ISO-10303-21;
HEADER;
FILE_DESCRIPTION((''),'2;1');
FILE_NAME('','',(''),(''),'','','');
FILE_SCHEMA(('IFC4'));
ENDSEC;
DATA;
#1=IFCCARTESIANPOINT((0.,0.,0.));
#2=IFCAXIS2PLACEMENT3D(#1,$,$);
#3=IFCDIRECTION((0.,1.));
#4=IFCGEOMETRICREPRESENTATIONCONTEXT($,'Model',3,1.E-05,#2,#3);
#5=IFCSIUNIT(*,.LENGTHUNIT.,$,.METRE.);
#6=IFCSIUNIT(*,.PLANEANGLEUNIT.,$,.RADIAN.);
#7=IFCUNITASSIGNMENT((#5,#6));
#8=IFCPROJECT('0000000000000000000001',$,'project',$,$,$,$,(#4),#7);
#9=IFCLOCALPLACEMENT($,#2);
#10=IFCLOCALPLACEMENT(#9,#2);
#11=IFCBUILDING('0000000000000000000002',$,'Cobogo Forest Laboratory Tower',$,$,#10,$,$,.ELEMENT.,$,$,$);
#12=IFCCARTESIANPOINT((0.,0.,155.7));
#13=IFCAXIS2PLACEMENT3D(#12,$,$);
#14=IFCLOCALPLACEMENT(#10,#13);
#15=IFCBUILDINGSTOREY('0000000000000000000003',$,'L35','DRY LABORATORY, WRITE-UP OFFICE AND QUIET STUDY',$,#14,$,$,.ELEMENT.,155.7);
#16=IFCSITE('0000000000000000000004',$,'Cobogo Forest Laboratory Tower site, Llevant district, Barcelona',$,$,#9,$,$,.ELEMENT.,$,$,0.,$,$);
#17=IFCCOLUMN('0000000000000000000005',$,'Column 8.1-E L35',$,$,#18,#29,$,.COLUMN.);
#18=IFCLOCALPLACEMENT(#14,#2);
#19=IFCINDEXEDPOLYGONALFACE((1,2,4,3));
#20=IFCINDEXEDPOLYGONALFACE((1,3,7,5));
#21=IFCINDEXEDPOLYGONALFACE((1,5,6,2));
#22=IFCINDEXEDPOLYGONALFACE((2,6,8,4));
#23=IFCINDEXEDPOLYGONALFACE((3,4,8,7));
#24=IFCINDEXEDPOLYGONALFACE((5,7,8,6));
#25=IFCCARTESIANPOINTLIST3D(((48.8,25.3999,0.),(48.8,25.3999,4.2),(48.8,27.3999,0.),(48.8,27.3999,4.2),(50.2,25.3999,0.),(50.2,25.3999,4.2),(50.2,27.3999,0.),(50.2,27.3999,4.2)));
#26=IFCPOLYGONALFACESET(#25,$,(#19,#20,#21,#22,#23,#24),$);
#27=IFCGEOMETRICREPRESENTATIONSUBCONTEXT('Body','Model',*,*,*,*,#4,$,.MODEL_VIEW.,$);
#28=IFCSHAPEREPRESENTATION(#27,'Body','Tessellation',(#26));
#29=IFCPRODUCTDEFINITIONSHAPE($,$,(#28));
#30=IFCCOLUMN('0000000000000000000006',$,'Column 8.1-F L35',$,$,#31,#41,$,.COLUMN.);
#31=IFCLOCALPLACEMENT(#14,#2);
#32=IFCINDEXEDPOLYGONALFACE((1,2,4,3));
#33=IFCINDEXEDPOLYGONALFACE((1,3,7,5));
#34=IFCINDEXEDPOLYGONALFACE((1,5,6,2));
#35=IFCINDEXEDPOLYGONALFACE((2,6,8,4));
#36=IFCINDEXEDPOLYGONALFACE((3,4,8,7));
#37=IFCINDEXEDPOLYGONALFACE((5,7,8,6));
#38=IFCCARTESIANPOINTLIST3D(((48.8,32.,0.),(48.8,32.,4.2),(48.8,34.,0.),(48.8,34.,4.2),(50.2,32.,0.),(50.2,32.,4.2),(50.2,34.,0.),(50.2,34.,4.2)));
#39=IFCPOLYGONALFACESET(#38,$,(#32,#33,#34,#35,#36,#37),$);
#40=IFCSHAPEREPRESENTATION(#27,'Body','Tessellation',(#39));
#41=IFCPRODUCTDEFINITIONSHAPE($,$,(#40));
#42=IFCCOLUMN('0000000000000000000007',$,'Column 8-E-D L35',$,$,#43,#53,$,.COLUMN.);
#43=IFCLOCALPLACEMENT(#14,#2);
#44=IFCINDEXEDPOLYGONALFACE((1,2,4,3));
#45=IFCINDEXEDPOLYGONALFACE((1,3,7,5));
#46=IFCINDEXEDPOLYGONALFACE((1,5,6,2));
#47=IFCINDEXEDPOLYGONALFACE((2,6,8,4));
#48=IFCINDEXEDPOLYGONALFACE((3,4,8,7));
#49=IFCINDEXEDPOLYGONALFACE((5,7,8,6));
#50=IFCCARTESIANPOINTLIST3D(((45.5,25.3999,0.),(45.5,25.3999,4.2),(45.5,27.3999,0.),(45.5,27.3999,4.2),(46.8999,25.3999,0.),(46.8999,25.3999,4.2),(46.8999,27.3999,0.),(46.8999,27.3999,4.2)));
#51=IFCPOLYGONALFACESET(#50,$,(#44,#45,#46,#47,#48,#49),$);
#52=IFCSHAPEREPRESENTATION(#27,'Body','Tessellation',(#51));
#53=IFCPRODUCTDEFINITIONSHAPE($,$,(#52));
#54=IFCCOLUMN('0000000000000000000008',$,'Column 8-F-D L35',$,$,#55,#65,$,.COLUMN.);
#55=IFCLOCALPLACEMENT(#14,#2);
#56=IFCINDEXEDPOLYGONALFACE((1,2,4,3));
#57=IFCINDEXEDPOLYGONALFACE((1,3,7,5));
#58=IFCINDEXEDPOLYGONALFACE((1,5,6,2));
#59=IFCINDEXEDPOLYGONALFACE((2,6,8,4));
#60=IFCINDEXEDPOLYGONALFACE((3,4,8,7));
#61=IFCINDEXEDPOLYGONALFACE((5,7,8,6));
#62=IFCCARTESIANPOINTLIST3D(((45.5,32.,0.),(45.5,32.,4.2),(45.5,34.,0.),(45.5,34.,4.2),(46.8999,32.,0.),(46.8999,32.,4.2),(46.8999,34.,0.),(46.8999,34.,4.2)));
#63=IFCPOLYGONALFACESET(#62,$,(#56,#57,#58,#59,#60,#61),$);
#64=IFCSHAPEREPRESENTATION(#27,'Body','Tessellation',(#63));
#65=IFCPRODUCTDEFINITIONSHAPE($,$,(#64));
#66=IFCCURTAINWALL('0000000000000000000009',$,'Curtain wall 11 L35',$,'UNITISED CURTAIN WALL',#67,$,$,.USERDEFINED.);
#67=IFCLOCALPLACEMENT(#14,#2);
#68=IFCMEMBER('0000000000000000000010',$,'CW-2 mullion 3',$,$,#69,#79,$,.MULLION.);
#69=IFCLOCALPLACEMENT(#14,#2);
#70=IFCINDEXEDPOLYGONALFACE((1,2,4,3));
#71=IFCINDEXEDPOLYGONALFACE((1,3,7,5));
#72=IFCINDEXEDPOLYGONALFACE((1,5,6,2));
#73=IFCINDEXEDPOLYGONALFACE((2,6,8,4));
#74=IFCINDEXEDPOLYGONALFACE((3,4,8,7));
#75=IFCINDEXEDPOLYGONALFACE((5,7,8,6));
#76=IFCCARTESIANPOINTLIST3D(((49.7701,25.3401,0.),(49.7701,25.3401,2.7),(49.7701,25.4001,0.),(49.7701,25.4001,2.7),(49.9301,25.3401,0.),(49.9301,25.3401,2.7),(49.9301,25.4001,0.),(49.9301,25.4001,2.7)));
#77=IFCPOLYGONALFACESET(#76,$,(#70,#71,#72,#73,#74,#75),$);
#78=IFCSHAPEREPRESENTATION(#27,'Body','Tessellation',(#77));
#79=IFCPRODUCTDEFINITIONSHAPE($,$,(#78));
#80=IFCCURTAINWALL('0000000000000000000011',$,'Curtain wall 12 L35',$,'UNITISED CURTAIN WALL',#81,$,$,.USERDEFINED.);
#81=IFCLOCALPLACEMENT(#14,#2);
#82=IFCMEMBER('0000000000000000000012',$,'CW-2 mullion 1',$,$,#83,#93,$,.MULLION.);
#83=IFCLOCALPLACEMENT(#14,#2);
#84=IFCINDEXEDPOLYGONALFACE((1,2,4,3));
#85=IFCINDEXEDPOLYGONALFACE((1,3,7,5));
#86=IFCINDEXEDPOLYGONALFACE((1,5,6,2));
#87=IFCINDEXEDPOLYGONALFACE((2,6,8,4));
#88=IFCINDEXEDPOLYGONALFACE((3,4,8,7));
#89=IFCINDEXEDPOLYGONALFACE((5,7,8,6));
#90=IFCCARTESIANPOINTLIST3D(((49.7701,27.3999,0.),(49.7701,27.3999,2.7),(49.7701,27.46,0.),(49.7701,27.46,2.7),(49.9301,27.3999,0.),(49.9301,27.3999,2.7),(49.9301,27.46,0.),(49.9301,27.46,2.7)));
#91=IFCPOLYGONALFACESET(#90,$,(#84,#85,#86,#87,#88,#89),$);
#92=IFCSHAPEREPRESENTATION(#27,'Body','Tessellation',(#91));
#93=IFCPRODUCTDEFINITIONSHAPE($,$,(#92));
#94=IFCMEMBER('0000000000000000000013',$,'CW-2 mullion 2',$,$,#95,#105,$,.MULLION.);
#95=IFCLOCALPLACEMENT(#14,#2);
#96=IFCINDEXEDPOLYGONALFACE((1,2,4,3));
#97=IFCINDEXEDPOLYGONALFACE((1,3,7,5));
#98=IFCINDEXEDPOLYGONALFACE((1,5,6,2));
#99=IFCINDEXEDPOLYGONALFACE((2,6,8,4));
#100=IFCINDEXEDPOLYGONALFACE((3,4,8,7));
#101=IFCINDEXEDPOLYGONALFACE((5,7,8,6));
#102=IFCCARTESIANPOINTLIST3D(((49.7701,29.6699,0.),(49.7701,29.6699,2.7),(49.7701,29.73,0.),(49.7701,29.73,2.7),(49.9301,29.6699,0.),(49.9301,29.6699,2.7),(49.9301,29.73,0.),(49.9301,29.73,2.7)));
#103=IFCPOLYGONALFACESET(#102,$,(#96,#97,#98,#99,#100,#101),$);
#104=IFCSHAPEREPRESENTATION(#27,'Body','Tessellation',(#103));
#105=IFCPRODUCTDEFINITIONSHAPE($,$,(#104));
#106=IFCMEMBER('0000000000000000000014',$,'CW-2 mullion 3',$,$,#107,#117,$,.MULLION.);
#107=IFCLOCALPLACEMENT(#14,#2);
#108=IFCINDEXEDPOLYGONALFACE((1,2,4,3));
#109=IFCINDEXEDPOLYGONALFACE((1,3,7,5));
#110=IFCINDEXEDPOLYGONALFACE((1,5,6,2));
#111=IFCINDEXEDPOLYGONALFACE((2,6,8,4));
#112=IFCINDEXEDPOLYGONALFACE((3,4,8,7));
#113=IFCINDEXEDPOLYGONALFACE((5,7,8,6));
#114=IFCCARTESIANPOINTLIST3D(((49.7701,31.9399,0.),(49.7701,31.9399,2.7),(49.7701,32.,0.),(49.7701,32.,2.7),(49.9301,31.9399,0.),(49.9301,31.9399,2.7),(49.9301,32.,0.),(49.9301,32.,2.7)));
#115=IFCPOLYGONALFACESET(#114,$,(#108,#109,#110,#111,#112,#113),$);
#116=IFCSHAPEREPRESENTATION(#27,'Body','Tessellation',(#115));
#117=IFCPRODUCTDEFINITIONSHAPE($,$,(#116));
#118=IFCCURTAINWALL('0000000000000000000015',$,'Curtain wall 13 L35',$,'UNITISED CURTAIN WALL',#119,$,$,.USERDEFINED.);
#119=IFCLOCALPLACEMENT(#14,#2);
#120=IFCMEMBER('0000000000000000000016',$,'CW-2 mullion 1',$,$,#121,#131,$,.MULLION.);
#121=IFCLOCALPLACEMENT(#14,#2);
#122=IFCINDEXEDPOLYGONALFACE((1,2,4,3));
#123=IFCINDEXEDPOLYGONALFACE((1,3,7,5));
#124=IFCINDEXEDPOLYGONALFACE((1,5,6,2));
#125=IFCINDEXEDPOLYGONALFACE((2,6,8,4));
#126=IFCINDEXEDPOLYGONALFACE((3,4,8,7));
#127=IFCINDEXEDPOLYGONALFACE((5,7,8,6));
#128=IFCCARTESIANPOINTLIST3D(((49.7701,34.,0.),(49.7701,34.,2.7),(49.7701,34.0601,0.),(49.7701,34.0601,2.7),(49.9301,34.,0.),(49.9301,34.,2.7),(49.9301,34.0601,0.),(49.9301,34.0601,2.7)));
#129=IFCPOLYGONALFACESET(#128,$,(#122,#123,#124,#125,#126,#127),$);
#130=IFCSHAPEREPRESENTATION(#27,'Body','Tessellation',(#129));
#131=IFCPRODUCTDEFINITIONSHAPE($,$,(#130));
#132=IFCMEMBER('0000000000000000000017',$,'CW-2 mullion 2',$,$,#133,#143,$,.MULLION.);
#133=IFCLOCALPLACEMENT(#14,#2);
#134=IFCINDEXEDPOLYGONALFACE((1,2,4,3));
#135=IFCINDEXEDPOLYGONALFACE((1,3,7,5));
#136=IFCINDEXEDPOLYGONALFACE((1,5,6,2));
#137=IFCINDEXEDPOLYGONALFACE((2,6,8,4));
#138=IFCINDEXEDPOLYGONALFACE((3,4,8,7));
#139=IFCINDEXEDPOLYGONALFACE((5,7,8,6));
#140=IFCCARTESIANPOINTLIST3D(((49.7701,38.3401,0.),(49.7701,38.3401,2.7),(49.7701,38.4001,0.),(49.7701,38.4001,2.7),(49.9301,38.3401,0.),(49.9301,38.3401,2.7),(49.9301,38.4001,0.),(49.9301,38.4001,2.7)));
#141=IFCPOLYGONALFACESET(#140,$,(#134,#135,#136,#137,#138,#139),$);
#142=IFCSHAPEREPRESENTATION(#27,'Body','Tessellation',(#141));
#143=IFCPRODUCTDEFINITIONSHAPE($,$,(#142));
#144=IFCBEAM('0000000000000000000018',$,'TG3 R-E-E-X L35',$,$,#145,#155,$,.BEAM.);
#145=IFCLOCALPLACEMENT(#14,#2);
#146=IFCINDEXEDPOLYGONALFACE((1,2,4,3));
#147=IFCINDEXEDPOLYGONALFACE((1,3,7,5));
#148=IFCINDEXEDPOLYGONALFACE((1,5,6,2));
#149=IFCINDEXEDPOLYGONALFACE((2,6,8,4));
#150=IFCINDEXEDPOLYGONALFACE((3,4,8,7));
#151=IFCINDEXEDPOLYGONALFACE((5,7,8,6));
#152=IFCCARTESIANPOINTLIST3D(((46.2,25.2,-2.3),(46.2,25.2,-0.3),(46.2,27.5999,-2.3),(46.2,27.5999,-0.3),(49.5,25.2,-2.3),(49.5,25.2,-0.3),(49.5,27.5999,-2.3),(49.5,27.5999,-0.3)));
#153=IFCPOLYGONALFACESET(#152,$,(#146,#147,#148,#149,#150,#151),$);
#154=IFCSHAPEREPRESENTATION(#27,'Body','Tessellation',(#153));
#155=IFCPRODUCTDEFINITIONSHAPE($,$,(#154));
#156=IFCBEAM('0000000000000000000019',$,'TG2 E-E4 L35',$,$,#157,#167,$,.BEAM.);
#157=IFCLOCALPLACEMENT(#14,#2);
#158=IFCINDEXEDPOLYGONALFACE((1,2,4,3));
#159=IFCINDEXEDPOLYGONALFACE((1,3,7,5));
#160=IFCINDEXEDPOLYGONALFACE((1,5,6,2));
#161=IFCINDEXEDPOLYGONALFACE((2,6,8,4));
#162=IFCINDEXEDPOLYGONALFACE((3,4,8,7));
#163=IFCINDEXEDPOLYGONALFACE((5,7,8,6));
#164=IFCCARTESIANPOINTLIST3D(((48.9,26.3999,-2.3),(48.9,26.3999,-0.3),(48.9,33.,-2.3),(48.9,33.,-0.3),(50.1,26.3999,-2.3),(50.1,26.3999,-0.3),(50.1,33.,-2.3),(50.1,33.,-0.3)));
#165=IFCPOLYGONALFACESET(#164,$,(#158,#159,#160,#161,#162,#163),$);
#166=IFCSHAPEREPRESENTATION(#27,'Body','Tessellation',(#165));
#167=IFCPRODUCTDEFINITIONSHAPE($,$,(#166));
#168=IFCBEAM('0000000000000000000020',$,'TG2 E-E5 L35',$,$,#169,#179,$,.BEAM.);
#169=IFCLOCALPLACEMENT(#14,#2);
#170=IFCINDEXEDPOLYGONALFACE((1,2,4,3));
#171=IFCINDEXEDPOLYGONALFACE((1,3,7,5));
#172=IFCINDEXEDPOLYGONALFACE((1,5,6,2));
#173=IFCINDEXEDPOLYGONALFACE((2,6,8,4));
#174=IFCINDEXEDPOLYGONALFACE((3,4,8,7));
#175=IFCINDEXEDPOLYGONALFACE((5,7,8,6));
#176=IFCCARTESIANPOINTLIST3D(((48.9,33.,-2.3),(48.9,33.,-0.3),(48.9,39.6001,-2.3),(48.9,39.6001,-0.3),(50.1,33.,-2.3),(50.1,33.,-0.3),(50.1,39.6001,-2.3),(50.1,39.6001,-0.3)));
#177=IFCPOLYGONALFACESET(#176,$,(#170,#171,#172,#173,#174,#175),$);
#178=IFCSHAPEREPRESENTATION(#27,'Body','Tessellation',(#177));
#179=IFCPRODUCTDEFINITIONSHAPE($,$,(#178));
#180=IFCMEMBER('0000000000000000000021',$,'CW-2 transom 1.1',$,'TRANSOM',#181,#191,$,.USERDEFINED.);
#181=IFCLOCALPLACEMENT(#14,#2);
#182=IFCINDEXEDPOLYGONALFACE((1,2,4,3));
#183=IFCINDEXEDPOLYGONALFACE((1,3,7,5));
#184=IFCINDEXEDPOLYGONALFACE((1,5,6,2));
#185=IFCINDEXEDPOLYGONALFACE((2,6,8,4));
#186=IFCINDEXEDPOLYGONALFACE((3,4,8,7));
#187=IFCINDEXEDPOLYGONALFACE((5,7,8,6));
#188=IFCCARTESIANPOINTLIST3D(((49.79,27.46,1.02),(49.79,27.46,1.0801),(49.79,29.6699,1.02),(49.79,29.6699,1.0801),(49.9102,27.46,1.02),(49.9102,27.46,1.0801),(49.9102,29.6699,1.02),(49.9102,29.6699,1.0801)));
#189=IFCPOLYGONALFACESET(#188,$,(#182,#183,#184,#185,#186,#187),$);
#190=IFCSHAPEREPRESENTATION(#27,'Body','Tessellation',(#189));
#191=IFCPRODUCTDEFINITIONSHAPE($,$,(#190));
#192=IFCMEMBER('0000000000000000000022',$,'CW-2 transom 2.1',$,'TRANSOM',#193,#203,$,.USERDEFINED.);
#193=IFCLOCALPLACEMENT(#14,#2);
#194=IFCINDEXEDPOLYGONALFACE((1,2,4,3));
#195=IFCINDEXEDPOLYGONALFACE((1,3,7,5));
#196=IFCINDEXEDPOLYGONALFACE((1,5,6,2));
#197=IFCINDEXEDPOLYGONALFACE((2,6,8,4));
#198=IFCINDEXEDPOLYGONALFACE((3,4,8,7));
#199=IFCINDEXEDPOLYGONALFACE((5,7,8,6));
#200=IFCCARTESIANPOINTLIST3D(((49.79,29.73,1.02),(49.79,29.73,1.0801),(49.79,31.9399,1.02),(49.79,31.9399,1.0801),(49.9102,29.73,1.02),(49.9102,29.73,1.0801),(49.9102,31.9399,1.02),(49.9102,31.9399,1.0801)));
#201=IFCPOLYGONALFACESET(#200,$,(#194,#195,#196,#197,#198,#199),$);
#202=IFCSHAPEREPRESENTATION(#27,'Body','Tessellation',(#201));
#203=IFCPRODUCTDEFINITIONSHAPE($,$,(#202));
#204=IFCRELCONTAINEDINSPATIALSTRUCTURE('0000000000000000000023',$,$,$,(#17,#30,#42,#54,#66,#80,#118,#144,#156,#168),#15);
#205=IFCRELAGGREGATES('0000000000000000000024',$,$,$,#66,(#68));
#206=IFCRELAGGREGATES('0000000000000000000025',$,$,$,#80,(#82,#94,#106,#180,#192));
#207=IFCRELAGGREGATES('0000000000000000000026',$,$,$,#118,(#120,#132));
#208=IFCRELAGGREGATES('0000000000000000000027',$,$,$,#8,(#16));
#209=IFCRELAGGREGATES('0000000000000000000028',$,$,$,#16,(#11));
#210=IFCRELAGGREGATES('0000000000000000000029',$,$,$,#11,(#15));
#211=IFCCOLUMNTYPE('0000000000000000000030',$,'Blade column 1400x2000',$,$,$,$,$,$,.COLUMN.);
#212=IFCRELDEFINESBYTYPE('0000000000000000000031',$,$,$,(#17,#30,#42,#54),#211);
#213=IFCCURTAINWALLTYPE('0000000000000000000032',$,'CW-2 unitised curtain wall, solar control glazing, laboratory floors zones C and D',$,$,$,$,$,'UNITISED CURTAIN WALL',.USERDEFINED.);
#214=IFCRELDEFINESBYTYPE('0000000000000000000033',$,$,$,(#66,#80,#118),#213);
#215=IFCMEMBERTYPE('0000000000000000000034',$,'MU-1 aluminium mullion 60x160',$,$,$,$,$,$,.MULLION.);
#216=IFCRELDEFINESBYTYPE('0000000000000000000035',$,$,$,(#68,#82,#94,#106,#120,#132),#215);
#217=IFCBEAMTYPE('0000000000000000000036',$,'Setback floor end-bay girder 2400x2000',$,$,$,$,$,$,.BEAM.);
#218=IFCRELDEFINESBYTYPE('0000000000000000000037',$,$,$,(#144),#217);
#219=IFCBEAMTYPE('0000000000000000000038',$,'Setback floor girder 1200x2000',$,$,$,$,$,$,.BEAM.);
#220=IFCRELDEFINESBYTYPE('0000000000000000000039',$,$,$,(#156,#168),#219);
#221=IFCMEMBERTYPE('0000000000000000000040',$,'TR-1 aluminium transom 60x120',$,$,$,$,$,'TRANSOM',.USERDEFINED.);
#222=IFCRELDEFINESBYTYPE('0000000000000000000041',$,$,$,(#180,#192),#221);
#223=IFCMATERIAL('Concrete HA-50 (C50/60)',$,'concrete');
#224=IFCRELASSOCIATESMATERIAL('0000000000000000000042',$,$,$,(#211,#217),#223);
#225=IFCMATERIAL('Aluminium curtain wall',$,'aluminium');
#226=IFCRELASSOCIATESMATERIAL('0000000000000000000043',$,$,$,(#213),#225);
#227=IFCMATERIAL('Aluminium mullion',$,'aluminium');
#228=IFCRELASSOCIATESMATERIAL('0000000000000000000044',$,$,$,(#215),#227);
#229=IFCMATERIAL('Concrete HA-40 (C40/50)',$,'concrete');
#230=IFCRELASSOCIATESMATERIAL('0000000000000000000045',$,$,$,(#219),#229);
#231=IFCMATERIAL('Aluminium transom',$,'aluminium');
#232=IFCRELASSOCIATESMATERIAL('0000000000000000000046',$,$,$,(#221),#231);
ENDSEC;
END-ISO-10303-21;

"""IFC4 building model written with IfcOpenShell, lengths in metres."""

from ifc_helpers import new_model, si_unit, direction, frame, origin, origin_2d, place, context, subcontext, project, spatial, rectangle, extrude, material, material_profile, profile_set, type_object, element, aggregate, save


model = new_model("IFC4")

# Units and contexts
model_context = context("Model", 3, precision=1e-05, world=origin(), true_north=direction((0.0, 1.0)))
body_context = subcontext(model_context, "Body", "Model", "MODEL_VIEW")
ifc_project = project(units=[si_unit("LENGTHUNIT", "METRE"), si_unit("PLANEANGLEUNIT", "RADIAN")], contexts=[model_context])

# Site, building, storey
site_placement = place(None, origin())
site = spatial("IfcSite", under=ifc_project, at=site_placement, Name="Cobogo Forest Laboratory Tower site, Llevant district, Barcelona", CompositionType="ELEMENT", RefElevation=0.0)
building_placement = place(site_placement, origin())
building = spatial("IfcBuilding", under=site, at=building_placement, Name="Cobogo Forest Laboratory Tower", CompositionType="ELEMENT")
storey_placement = place(building_placement, frame((0.0, 0.0, 155.7)))
storey = spatial("IfcBuildingStorey", under=building, at=storey_placement, Name="L35", Description="DRY LABORATORY, WRITE-UP OFFICE AND QUIET STUDY", CompositionType="ELEMENT", Elevation=155.7)

# Columns
ifc_material_1 = material(Name="Concrete HA-50 (C50/60)", Category="concrete")
ifc_material_profile_1 = material_profile(ifc_material_1, rectangle(XDim=2.0, YDim=1.3999, at=origin_2d()), Name="RC 1400x2000")
ifc_profile_set_1 = profile_set([ifc_material_profile_1], Name="Concrete HA-50 (C50/60)")
column_type = type_object("IfcColumnType", Name="Blade column 1400x2000", PredefinedType="COLUMN", material=ifc_profile_set_1)
for number, where, z_axis, x_axis, name in (
    (1, (49.5, 26.3999, 0.0), (0.0, 0.0, 1.0), (0.0, 1.0, 0.0), "Column 8.1-E L35"),
    (2, (49.5, 33.0, 0.0), (0.0, 0.0, 1.0), (0.0, 1.0, 0.0), "Column 8.1-F L35"),
    (3, (46.2, 26.3999, 0.0), (0.0, 0.0, 1.0), (0.0, 1.0, 0.0), "Column 8-E-D L35"),
    (4, (46.2, 33.0, 0.0), (0.0, 0.0, 1.0), (0.0, 1.0, 0.0), "Column 8-F-D L35"),
):
    element("IfcColumn", number, at=place(storey_placement, frame(where, z_axis=z_axis, x_axis=x_axis)), inside=storey, type_object=column_type, Name=name, PredefinedType="COLUMN", context=body_context, shape_type="SweptSolid", body=[
        extrude(rectangle(XDim=2.0, YDim=1.3999, at=origin_2d()), origin(), (0.0, 0.0, 1.0), 4.2),
    ])

# Curtain wall, member
ifc_material_2 = material(Name="Aluminium curtain wall", Category="aluminium")
curtain_wall_type = type_object("IfcCurtainWallType", Name="CW-2 unitised curtain wall, solar control glazing, laboratory floors zones C and D", ElementType="UNITISED CURTAIN WALL", PredefinedType="USERDEFINED", material=ifc_material_2)
curtain_wall_1_placement = place(storey_placement, origin())
curtain_wall_1 = element("IfcCurtainWall", 5, at=curtain_wall_1_placement, inside=storey, type_object=curtain_wall_type, Name="Curtain wall 11 L35", ObjectType="UNITISED CURTAIN WALL", PredefinedType="USERDEFINED")
ifc_material_3 = material(Name="Aluminium mullion", Category="aluminium")
ifc_material_profile_2 = material_profile(ifc_material_3, rectangle(XDim=0.0601, YDim=0.1599, at=origin_2d()), Name="AL 60x160")
ifc_profile_set_2 = profile_set([ifc_material_profile_2], Name="Aluminium mullion")
member_type_1 = type_object("IfcMemberType", Name="MU-1 aluminium mullion 60x160", PredefinedType="MULLION", material=ifc_profile_set_2)
member_1_placement = place(storey_placement, frame((49.8501, 25.3701, 0.0), z_axis=(0.0, 0.0, 1.0), x_axis=(0.0, 1.0, 0.0)))
member_1 = element("IfcMember", 6, at=member_1_placement, type_object=member_type_1, Name="CW-2 mullion 3", PredefinedType="MULLION", context=body_context, shape_type="SweptSolid", body=[
    extrude(rectangle(XDim=0.0601, YDim=0.1599, at=origin_2d()), origin(), (0.0, 0.0, 1.0), 2.7),
])

# Curtain walls, members
curtain_wall_2_placement = place(storey_placement, origin())
curtain_wall_2 = element("IfcCurtainWall", 7, at=curtain_wall_2_placement, inside=storey, type_object=curtain_wall_type, Name="Curtain wall 12 L35", ObjectType="UNITISED CURTAIN WALL", PredefinedType="USERDEFINED")
member_2_placement = place(storey_placement, frame((49.8501, 27.4299, 0.0), z_axis=(0.0, 0.0, 1.0), x_axis=(0.0, 1.0, 0.0)))
member_2 = element("IfcMember", 8, at=member_2_placement, type_object=member_type_1, Name="CW-2 mullion 1", PredefinedType="MULLION", context=body_context, shape_type="SweptSolid", body=[
    extrude(rectangle(XDim=0.0601, YDim=0.1599, at=origin_2d()), origin(), (0.0, 0.0, 1.0), 2.7),
])
member_3_placement = place(storey_placement, frame((49.8501, 29.7, 0.0), z_axis=(0.0, 0.0, 1.0), x_axis=(0.0, 1.0, 0.0)))
member_3 = element("IfcMember", 9, at=member_3_placement, type_object=member_type_1, Name="CW-2 mullion 2", PredefinedType="MULLION", context=body_context, shape_type="SweptSolid", body=[
    extrude(rectangle(XDim=0.0601, YDim=0.1599, at=origin_2d()), origin(), (0.0, 0.0, 1.0), 2.7),
])
member_4_placement = place(storey_placement, frame((49.8501, 31.97, 0.0), z_axis=(0.0, 0.0, 1.0), x_axis=(0.0, 1.0, 0.0)))
member_4 = element("IfcMember", 10, at=member_4_placement, type_object=member_type_1, Name="CW-2 mullion 3", PredefinedType="MULLION", context=body_context, shape_type="SweptSolid", body=[
    extrude(rectangle(XDim=0.0601, YDim=0.1599, at=origin_2d()), origin(), (0.0, 0.0, 1.0), 2.7),
])
curtain_wall_3_placement = place(storey_placement, origin())
curtain_wall_3 = element("IfcCurtainWall", 11, at=curtain_wall_3_placement, inside=storey, type_object=curtain_wall_type, Name="Curtain wall 13 L35", ObjectType="UNITISED CURTAIN WALL", PredefinedType="USERDEFINED")
member_5_placement = place(storey_placement, frame((49.8501, 34.03, 0.0), z_axis=(0.0, 0.0, 1.0), x_axis=(0.0, 1.0, 0.0)))
member_5 = element("IfcMember", 12, at=member_5_placement, type_object=member_type_1, Name="CW-2 mullion 1", PredefinedType="MULLION", context=body_context, shape_type="SweptSolid", body=[
    extrude(rectangle(XDim=0.0601, YDim=0.1599, at=origin_2d()), origin(), (0.0, 0.0, 1.0), 2.7),
])
member_6_placement = place(storey_placement, frame((49.8501, 38.3701, 0.0), z_axis=(0.0, 0.0, 1.0), x_axis=(0.0, 1.0, 0.0)))
member_6 = element("IfcMember", 13, at=member_6_placement, type_object=member_type_1, Name="CW-2 mullion 2", PredefinedType="MULLION", context=body_context, shape_type="SweptSolid", body=[
    extrude(rectangle(XDim=0.0601, YDim=0.1599, at=origin_2d()), origin(), (0.0, 0.0, 1.0), 2.7),
])

# Beams
ifc_material_profile_3 = material_profile(ifc_material_1, rectangle(XDim=2.3999, YDim=2.0, at=origin_2d()), Name="RC 2400x2000")
ifc_profile_set_3 = profile_set([ifc_material_profile_3], Name="Concrete HA-50 (C50/60)")
beam_type_1 = type_object("IfcBeamType", Name="Setback floor end-bay girder 2400x2000", PredefinedType="BEAM", material=ifc_profile_set_3)
beam_placement = place(storey_placement, frame((49.5, 26.3999, -1.3), z_axis=(-1.0, 0.0, 0.0), x_axis=(0.0, -1.0, 0.0)))
element("IfcBeam", 14, at=beam_placement, inside=storey, type_object=beam_type_1, Name="TG3 R-E-E-X L35", PredefinedType="BEAM", context=body_context, shape_type="SweptSolid", body=[
    extrude(rectangle(XDim=2.3999, YDim=2.0, at=origin_2d()), origin(), (0.0, 0.0, 1.0), 3.3),
])
ifc_material_4 = material(Name="Concrete HA-40 (C40/50)", Category="concrete")
ifc_material_profile_4 = material_profile(ifc_material_4, rectangle(XDim=1.2, YDim=2.0, at=origin_2d()), Name="RC 1200x2000")
ifc_profile_set_4 = profile_set([ifc_material_profile_4], Name="Concrete HA-40 (C40/50)")
beam_type_2 = type_object("IfcBeamType", Name="Setback floor girder 1200x2000", PredefinedType="BEAM", material=ifc_profile_set_4)
for number, where, z_axis, x_axis, name in (
    (15, (49.5, 26.3999, -1.3), (0.0, 1.0, 0.0), (-1.0, 0.0, 0.0), "TG2 E-E4 L35"),
    (16, (49.5, 33.0, -1.3), (0.0, 1.0, 0.0), (-1.0, 0.0, 0.0), "TG2 E-E5 L35"),
):
    element("IfcBeam", number, at=place(storey_placement, frame(where, z_axis=z_axis, x_axis=x_axis)), inside=storey, type_object=beam_type_2, Name=name, PredefinedType="BEAM", context=body_context, shape_type="SweptSolid", body=[
        extrude(rectangle(XDim=1.2, YDim=2.0, at=origin_2d()), origin(), (0.0, 0.0, 1.0), 6.6001),
    ])

# Members
ifc_material_5 = material(Name="Aluminium transom", Category="aluminium")
ifc_material_profile_5 = material_profile(ifc_material_5, rectangle(XDim=0.1201, YDim=0.0601, at=origin_2d()), Name="AL 60x120")
ifc_profile_set_5 = profile_set([ifc_material_profile_5], Name="Aluminium transom")
member_type_2 = type_object("IfcMemberType", Name="TR-1 aluminium transom 60x120", ElementType="TRANSOM", PredefinedType="USERDEFINED", material=ifc_profile_set_5)
member_7_placement = place(storey_placement, frame((49.8501, 27.46, 1.05), z_axis=(0.0, 1.0, 0.0), x_axis=(-1.0, 0.0, 0.0)))
member_7 = element("IfcMember", 17, at=member_7_placement, type_object=member_type_2, Name="CW-2 transom 1.1", ObjectType="TRANSOM", PredefinedType="USERDEFINED", context=body_context, shape_type="SweptSolid", body=[
    extrude(rectangle(XDim=0.1201, YDim=0.0601, at=origin_2d()), origin(), (0.0, 0.0, 1.0), 2.21),
])
member_8_placement = place(storey_placement, frame((49.8501, 29.73, 1.05), z_axis=(0.0, 1.0, 0.0), x_axis=(-1.0, 0.0, 0.0)))
member_8 = element("IfcMember", 18, at=member_8_placement, type_object=member_type_2, Name="CW-2 transom 2.1", ObjectType="TRANSOM", PredefinedType="USERDEFINED", context=body_context, shape_type="SweptSolid", body=[
    extrude(rectangle(XDim=0.1201, YDim=0.0601, at=origin_2d()), origin(), (0.0, 0.0, 1.0), 2.21),
])

aggregate(curtain_wall_1, [member_1])
aggregate(curtain_wall_2, [member_2, member_3, member_4, member_7, member_8])
aggregate(curtain_wall_3, [member_5, member_6])

save(model, "model.ifc")
